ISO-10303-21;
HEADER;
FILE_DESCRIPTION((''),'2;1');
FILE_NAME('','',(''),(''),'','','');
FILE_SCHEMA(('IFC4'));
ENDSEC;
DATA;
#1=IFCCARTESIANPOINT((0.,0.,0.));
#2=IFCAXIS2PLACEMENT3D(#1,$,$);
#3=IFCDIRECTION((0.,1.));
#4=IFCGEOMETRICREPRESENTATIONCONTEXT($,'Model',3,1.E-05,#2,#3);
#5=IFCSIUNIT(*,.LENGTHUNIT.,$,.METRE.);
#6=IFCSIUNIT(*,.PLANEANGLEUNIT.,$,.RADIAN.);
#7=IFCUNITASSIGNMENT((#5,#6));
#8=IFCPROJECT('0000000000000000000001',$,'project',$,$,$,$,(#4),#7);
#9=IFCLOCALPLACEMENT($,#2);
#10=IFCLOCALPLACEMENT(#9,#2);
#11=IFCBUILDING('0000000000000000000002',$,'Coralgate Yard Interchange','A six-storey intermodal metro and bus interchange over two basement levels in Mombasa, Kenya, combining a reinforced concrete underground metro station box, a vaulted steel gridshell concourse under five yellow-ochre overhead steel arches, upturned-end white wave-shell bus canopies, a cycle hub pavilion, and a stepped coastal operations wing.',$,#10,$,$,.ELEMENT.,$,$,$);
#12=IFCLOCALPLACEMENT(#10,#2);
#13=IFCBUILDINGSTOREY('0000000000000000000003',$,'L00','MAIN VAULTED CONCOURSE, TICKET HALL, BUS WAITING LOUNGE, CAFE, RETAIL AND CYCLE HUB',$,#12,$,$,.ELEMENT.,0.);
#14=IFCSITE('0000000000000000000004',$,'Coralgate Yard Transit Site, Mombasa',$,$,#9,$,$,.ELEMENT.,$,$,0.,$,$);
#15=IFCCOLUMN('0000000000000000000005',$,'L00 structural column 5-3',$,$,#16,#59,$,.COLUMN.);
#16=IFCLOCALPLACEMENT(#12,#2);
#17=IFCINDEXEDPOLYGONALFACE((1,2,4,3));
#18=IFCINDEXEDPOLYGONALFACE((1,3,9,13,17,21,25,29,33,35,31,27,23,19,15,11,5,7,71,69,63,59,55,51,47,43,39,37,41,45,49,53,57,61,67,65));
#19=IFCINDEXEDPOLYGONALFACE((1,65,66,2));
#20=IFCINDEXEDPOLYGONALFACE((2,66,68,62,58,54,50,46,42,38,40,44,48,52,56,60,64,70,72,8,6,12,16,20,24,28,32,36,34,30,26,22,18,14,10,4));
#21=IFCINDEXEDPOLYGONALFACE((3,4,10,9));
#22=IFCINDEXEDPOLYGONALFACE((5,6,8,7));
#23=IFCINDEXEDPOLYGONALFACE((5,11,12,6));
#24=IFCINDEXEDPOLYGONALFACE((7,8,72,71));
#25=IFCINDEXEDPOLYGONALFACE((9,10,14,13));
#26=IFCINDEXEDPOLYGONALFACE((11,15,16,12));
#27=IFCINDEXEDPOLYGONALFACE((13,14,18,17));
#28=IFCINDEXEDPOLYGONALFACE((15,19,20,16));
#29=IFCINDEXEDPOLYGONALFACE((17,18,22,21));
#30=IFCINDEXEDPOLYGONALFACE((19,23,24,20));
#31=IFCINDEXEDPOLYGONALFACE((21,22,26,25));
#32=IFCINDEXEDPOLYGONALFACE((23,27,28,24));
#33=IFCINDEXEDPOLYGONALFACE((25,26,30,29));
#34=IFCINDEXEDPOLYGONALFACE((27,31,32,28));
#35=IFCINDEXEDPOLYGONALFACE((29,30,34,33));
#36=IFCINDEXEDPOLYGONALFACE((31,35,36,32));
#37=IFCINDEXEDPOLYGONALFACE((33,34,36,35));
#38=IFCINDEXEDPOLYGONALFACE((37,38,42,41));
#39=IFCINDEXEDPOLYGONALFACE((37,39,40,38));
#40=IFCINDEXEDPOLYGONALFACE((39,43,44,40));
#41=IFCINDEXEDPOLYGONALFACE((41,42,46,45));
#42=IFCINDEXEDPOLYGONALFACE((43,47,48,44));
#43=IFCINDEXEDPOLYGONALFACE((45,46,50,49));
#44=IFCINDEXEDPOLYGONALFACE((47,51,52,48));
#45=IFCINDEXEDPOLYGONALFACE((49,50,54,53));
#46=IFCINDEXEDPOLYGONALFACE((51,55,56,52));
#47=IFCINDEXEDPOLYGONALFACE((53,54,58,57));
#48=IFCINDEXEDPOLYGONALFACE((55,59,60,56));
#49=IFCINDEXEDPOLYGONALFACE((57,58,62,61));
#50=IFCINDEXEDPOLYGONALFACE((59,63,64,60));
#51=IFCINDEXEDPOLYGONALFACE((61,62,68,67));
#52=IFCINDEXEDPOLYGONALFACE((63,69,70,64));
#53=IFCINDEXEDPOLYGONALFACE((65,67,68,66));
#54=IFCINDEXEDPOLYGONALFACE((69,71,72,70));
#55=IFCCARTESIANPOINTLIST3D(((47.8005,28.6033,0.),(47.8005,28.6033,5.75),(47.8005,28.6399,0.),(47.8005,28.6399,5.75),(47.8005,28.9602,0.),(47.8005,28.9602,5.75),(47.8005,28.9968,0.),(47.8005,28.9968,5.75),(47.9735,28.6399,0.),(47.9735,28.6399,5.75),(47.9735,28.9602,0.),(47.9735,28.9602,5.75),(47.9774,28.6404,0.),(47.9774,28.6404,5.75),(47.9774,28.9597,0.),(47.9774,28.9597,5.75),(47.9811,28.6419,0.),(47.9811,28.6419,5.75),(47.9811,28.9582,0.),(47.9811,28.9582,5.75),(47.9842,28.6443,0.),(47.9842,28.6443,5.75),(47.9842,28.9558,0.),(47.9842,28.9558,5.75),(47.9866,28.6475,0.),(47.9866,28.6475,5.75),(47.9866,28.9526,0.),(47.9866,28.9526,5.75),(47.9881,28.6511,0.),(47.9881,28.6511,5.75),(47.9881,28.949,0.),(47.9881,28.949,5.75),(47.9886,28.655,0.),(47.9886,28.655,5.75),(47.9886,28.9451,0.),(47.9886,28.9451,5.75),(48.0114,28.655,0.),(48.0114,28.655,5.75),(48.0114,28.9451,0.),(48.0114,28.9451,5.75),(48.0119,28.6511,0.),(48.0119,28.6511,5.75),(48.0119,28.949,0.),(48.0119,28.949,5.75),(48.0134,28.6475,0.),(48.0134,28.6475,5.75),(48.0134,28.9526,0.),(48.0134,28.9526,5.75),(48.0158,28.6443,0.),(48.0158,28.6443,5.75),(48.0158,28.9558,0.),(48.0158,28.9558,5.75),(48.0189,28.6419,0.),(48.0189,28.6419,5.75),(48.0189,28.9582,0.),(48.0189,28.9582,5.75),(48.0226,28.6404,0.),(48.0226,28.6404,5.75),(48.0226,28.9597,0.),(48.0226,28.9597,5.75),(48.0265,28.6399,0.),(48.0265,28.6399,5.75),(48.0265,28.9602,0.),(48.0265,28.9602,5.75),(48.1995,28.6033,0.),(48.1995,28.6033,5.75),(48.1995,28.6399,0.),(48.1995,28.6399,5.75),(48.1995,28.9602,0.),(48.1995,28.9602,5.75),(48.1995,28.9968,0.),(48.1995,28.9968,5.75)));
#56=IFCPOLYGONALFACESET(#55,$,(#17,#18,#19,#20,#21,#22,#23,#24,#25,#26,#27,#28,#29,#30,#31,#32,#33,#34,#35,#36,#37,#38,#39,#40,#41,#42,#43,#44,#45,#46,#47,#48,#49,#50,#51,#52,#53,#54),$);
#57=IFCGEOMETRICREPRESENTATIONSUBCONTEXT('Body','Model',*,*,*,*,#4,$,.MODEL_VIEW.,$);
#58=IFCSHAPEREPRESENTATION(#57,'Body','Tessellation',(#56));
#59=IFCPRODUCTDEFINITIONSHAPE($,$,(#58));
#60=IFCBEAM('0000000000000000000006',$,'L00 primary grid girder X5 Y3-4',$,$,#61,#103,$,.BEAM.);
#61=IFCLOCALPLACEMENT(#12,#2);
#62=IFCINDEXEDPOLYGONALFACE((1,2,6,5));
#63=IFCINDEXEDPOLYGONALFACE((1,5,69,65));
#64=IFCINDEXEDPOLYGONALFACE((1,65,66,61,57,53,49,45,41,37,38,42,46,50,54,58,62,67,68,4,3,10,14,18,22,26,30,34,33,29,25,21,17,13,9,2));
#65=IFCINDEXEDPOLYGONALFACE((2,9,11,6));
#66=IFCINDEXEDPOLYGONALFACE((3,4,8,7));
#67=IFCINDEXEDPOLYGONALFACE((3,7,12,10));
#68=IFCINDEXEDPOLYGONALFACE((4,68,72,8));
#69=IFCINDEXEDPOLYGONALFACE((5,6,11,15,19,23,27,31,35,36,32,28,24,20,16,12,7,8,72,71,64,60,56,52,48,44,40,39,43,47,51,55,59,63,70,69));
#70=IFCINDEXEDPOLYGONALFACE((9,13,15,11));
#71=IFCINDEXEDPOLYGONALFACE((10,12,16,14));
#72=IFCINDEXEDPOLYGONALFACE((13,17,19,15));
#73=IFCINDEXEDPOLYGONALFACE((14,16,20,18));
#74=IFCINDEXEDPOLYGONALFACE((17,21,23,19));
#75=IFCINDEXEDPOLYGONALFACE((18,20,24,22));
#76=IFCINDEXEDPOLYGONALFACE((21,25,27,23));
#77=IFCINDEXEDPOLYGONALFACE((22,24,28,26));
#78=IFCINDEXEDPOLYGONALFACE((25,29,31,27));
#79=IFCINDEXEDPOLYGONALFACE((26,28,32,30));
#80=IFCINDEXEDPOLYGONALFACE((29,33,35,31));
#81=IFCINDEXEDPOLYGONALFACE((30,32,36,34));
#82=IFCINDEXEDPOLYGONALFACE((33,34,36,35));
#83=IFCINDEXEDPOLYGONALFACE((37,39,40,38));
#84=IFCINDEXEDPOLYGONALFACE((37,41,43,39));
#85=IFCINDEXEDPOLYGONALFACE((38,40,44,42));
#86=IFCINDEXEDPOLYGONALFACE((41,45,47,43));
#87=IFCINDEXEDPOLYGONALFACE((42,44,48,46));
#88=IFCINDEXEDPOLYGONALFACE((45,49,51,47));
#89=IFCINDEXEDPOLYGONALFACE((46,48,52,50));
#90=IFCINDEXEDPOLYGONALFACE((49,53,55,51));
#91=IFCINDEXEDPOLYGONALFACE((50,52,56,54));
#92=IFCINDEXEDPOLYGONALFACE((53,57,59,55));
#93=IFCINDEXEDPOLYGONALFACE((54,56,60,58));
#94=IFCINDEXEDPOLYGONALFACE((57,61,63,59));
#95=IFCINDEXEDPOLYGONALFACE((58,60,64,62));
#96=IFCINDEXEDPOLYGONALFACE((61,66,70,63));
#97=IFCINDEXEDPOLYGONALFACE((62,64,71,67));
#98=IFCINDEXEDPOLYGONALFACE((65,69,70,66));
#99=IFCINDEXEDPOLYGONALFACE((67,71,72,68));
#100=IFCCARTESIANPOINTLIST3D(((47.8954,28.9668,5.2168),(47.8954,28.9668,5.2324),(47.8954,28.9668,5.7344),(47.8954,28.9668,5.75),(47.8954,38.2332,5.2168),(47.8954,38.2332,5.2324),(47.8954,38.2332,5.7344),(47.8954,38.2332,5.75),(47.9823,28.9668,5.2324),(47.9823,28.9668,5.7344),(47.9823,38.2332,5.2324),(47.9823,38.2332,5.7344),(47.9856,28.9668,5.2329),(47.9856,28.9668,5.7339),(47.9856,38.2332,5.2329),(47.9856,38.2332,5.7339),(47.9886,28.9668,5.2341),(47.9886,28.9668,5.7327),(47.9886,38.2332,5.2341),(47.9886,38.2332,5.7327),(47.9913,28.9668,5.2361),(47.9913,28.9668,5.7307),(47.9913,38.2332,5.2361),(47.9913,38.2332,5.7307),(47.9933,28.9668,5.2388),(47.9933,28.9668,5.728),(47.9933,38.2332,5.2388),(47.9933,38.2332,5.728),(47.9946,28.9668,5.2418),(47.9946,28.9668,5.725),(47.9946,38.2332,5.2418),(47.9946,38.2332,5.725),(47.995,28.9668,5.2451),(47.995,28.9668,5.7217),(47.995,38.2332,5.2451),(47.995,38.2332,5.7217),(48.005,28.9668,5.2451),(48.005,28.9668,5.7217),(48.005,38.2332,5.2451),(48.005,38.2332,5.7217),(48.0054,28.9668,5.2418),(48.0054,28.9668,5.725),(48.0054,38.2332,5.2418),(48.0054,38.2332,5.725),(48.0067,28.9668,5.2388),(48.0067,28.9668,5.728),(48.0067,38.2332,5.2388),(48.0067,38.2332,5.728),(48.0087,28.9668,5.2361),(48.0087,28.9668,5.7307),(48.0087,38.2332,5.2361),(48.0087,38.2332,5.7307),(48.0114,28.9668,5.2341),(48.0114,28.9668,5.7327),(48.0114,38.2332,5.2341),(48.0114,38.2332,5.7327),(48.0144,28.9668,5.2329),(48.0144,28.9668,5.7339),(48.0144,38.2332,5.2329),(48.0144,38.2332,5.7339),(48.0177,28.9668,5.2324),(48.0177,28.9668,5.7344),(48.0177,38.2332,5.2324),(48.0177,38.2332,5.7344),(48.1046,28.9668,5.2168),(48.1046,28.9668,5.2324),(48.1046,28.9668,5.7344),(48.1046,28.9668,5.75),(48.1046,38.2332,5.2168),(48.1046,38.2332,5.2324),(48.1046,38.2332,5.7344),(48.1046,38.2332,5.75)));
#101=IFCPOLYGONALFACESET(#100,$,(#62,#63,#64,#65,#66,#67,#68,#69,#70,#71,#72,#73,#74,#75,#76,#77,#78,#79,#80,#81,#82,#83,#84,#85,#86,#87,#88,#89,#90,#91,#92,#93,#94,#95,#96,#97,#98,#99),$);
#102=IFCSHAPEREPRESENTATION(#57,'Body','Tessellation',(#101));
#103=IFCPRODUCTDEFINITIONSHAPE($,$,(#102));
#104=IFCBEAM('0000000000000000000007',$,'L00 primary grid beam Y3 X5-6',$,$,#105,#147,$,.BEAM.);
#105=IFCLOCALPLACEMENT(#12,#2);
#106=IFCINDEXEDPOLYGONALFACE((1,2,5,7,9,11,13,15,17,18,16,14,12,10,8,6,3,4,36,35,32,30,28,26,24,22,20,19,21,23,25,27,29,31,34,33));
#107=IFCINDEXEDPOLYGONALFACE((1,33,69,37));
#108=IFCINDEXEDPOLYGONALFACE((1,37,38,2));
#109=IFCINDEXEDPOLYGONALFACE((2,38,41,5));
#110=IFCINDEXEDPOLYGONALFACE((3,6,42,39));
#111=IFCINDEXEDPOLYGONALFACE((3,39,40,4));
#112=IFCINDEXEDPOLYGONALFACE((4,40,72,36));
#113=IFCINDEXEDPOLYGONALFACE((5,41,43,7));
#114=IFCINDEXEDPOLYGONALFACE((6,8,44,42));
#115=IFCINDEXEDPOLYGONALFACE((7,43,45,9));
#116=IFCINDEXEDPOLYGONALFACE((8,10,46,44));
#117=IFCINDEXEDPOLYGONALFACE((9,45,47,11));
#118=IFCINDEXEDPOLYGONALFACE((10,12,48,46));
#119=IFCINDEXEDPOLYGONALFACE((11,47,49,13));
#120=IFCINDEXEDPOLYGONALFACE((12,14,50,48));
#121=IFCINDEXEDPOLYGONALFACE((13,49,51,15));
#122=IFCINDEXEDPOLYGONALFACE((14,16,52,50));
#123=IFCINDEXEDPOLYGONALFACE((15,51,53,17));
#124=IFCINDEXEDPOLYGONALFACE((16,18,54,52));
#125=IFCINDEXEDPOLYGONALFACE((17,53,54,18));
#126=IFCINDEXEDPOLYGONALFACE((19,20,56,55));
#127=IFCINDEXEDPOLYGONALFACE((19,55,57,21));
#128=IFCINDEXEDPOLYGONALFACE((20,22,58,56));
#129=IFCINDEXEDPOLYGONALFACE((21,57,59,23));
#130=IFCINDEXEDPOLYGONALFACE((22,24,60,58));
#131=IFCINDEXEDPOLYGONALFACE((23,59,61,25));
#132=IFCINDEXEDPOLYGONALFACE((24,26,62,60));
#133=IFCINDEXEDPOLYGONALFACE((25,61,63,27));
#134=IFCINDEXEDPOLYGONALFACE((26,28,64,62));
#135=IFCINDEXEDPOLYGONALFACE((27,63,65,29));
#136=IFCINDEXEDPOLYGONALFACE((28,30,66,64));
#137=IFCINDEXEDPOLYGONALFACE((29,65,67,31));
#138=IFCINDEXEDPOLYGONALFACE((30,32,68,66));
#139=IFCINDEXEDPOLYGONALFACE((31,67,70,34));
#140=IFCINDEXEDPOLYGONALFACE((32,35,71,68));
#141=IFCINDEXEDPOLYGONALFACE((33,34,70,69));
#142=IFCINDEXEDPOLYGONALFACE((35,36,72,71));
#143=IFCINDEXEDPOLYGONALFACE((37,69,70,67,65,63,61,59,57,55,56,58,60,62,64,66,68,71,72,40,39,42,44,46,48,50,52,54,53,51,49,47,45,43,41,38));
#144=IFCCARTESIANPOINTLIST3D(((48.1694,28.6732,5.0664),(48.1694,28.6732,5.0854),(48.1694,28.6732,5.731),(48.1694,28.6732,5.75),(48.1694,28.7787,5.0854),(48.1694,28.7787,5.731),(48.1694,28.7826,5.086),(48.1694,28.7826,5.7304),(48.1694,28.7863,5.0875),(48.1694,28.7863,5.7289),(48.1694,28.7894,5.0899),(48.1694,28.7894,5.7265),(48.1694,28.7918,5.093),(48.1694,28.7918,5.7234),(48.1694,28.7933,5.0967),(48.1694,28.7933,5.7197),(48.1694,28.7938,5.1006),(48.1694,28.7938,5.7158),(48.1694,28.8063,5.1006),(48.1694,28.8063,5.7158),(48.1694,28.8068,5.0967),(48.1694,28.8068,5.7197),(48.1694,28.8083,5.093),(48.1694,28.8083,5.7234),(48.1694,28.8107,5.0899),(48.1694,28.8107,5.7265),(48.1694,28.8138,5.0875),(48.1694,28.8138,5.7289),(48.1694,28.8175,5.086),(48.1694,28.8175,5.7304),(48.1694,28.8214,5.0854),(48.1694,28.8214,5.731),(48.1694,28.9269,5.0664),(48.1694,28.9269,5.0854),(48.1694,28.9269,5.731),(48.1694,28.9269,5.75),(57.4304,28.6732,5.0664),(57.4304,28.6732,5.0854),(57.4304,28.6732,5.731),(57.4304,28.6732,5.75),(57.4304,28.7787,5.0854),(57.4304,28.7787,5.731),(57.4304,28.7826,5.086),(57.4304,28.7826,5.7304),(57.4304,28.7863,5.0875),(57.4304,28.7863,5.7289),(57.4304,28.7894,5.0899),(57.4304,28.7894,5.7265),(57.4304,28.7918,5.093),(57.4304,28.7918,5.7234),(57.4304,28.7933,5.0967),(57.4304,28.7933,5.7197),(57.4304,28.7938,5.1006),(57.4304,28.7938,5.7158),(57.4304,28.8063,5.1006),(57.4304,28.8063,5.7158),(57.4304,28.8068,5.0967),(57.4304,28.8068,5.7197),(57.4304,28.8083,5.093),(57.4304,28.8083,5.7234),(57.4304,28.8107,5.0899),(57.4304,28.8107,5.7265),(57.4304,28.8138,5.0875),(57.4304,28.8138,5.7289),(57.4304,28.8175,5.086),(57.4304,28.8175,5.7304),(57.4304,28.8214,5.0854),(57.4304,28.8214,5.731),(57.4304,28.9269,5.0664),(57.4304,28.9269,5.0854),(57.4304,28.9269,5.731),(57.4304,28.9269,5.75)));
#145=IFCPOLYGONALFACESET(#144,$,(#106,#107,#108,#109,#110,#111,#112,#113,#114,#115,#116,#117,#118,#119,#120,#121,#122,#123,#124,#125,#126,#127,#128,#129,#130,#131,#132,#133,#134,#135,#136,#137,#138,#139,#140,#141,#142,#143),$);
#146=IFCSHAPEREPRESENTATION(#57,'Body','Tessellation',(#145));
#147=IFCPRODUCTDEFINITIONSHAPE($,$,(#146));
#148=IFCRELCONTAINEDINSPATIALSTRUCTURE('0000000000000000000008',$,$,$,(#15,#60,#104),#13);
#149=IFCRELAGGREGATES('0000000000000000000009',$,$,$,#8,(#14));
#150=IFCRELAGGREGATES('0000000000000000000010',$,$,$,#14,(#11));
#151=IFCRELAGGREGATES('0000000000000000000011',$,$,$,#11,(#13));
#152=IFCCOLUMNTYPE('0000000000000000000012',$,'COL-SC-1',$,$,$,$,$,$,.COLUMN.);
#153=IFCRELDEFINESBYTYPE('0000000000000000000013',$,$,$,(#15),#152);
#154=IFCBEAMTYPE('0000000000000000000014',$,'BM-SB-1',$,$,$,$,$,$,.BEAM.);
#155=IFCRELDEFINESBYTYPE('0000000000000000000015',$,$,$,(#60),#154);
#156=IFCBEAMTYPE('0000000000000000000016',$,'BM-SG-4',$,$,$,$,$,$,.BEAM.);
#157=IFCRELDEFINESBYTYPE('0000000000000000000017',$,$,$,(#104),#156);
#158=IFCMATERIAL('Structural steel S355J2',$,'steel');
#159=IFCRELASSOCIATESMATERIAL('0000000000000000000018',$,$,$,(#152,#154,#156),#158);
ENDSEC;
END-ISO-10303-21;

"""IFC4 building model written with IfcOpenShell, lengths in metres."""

from ifc_helpers import new_model, si_unit, direction, frame, origin, origin_2d, place, context, subcontext, project, spatial, i_section, extrude, material, material_profile, profile_set, type_object, element, save


model = new_model("IFC4")

# Units and contexts
model_context = context("Model", 3, precision=1e-05, world=origin(), true_north=direction((0.0, 1.0)))
body_context = subcontext(model_context, "Body", "Model", "MODEL_VIEW")
ifc_project = project(units=[si_unit("LENGTHUNIT", "METRE"), si_unit("PLANEANGLEUNIT", "RADIAN")], contexts=[model_context])

# Site, building, storey
site_placement = place(None, origin())
site = spatial("IfcSite", under=ifc_project, at=site_placement, Name="Coralgate Yard Transit Site, Mombasa", CompositionType="ELEMENT", RefElevation=0.0)
building_placement = place(site_placement, origin())
building = spatial("IfcBuilding", under=site, at=building_placement, Name="Coralgate Yard Interchange", Description="A six-storey intermodal metro and bus interchange over two basement levels in Mombasa, Kenya, combining a reinforced concrete underground metro station box, a vaulted steel gridshell concourse under five yellow-ochre overhead steel arches, upturned-end white wave-shell bus canopies, a cycle hub pavilion, and a stepped coastal operations wing.", CompositionType="ELEMENT")
storey_placement = place(building_placement, origin())
storey = spatial("IfcBuildingStorey", under=building, at=storey_placement, Name="L00", Description="MAIN VAULTED CONCOURSE, TICKET HALL, BUS WAITING LOUNGE, CAFE, RETAIL AND CYCLE HUB", CompositionType="ELEMENT", Elevation=0.0)

# Column
ifc_material_1 = material(Name="Structural steel S355J2", Category="steel")
ifc_material_profile_1 = material_profile(ifc_material_1, i_section(OverallWidth=0.3989, OverallDepth=0.3936, WebThickness=0.0227, FlangeThickness=0.0366, FilletRadius=0.0151, at=origin_2d()), Name="UC 356x406x287")
ifc_profile_set_1 = profile_set([ifc_material_profile_1], Name="Structural steel S355J2")
column_type = type_object("IfcColumnType", Name="COL-SC-1", PredefinedType="COLUMN", material=ifc_profile_set_1)
column_placement = place(storey_placement, frame((48.0, 28.8, 0.0), z_axis=(0.0, 0.0, 1.0), x_axis=(1.0, 0.0, 0.0)))
element("IfcColumn", 1, at=column_placement, inside=storey, type_object=column_type, Name="L00 structural column 5-3", PredefinedType="COLUMN", context=body_context, shape_type="SweptSolid", body=[
    extrude(i_section(OverallWidth=0.3989, OverallDepth=0.3936, WebThickness=0.0227, FlangeThickness=0.0366, FilletRadius=0.0151, at=origin_2d()), origin(), (0.0, 0.0, 1.0), 5.75),
])

# Beams
ifc_material_profile_2 = material_profile(ifc_material_1, i_section(OverallWidth=0.2092, OverallDepth=0.5332, WebThickness=0.01, FlangeThickness=0.0156, FilletRadius=0.0127, at=origin_2d()), Name="UB 533x210x92")
ifc_profile_set_2 = profile_set([ifc_material_profile_2], Name="Structural steel S355J2")
beam_type_1 = type_object("IfcBeamType", Name="BM-SB-1", PredefinedType="BEAM", material=ifc_profile_set_2)
beam_1_placement = place(storey_placement, frame((48.0, 28.9668, 5.4834), z_axis=(0.0, 1.0, 0.0), x_axis=(-1.0, 0.0, 0.0)))
element("IfcBeam", 2, at=beam_1_placement, inside=storey, type_object=beam_type_1, Name="L00 primary grid girder X5 Y3-4", PredefinedType="BEAM", context=body_context, shape_type="SweptSolid", body=[
    extrude(i_section(OverallWidth=0.2092, OverallDepth=0.5332, WebThickness=0.01, FlangeThickness=0.0156, FilletRadius=0.0127, at=origin_2d()), origin(), (0.0, 0.0, 1.0), 9.2664),
])
ifc_material_profile_3 = material_profile(ifc_material_1, i_section(OverallWidth=0.2537, OverallDepth=0.6836, WebThickness=0.0125, FlangeThickness=0.019, FilletRadius=0.0151, at=origin_2d()), Name="UB 686x254x140")
ifc_profile_set_3 = profile_set([ifc_material_profile_3], Name="Structural steel S355J2")
beam_type_2 = type_object("IfcBeamType", Name="BM-SG-4", PredefinedType="BEAM", material=ifc_profile_set_3)
beam_2_placement = place(storey_placement, frame((48.1694, 28.8, 5.4082), z_axis=(1.0, 0.0, 0.0), x_axis=(0.0, 1.0, 0.0)))
element("IfcBeam", 3, at=beam_2_placement, inside=storey, type_object=beam_type_2, Name="L00 primary grid beam Y3 X5-6", PredefinedType="BEAM", context=body_context, shape_type="SweptSolid", body=[
    extrude(i_section(OverallWidth=0.2537, OverallDepth=0.6836, WebThickness=0.0125, FlangeThickness=0.019, FilletRadius=0.0151, at=origin_2d()), origin(), (0.0, 0.0, 1.0), 9.261),
])

save(model, "model.ifc")
